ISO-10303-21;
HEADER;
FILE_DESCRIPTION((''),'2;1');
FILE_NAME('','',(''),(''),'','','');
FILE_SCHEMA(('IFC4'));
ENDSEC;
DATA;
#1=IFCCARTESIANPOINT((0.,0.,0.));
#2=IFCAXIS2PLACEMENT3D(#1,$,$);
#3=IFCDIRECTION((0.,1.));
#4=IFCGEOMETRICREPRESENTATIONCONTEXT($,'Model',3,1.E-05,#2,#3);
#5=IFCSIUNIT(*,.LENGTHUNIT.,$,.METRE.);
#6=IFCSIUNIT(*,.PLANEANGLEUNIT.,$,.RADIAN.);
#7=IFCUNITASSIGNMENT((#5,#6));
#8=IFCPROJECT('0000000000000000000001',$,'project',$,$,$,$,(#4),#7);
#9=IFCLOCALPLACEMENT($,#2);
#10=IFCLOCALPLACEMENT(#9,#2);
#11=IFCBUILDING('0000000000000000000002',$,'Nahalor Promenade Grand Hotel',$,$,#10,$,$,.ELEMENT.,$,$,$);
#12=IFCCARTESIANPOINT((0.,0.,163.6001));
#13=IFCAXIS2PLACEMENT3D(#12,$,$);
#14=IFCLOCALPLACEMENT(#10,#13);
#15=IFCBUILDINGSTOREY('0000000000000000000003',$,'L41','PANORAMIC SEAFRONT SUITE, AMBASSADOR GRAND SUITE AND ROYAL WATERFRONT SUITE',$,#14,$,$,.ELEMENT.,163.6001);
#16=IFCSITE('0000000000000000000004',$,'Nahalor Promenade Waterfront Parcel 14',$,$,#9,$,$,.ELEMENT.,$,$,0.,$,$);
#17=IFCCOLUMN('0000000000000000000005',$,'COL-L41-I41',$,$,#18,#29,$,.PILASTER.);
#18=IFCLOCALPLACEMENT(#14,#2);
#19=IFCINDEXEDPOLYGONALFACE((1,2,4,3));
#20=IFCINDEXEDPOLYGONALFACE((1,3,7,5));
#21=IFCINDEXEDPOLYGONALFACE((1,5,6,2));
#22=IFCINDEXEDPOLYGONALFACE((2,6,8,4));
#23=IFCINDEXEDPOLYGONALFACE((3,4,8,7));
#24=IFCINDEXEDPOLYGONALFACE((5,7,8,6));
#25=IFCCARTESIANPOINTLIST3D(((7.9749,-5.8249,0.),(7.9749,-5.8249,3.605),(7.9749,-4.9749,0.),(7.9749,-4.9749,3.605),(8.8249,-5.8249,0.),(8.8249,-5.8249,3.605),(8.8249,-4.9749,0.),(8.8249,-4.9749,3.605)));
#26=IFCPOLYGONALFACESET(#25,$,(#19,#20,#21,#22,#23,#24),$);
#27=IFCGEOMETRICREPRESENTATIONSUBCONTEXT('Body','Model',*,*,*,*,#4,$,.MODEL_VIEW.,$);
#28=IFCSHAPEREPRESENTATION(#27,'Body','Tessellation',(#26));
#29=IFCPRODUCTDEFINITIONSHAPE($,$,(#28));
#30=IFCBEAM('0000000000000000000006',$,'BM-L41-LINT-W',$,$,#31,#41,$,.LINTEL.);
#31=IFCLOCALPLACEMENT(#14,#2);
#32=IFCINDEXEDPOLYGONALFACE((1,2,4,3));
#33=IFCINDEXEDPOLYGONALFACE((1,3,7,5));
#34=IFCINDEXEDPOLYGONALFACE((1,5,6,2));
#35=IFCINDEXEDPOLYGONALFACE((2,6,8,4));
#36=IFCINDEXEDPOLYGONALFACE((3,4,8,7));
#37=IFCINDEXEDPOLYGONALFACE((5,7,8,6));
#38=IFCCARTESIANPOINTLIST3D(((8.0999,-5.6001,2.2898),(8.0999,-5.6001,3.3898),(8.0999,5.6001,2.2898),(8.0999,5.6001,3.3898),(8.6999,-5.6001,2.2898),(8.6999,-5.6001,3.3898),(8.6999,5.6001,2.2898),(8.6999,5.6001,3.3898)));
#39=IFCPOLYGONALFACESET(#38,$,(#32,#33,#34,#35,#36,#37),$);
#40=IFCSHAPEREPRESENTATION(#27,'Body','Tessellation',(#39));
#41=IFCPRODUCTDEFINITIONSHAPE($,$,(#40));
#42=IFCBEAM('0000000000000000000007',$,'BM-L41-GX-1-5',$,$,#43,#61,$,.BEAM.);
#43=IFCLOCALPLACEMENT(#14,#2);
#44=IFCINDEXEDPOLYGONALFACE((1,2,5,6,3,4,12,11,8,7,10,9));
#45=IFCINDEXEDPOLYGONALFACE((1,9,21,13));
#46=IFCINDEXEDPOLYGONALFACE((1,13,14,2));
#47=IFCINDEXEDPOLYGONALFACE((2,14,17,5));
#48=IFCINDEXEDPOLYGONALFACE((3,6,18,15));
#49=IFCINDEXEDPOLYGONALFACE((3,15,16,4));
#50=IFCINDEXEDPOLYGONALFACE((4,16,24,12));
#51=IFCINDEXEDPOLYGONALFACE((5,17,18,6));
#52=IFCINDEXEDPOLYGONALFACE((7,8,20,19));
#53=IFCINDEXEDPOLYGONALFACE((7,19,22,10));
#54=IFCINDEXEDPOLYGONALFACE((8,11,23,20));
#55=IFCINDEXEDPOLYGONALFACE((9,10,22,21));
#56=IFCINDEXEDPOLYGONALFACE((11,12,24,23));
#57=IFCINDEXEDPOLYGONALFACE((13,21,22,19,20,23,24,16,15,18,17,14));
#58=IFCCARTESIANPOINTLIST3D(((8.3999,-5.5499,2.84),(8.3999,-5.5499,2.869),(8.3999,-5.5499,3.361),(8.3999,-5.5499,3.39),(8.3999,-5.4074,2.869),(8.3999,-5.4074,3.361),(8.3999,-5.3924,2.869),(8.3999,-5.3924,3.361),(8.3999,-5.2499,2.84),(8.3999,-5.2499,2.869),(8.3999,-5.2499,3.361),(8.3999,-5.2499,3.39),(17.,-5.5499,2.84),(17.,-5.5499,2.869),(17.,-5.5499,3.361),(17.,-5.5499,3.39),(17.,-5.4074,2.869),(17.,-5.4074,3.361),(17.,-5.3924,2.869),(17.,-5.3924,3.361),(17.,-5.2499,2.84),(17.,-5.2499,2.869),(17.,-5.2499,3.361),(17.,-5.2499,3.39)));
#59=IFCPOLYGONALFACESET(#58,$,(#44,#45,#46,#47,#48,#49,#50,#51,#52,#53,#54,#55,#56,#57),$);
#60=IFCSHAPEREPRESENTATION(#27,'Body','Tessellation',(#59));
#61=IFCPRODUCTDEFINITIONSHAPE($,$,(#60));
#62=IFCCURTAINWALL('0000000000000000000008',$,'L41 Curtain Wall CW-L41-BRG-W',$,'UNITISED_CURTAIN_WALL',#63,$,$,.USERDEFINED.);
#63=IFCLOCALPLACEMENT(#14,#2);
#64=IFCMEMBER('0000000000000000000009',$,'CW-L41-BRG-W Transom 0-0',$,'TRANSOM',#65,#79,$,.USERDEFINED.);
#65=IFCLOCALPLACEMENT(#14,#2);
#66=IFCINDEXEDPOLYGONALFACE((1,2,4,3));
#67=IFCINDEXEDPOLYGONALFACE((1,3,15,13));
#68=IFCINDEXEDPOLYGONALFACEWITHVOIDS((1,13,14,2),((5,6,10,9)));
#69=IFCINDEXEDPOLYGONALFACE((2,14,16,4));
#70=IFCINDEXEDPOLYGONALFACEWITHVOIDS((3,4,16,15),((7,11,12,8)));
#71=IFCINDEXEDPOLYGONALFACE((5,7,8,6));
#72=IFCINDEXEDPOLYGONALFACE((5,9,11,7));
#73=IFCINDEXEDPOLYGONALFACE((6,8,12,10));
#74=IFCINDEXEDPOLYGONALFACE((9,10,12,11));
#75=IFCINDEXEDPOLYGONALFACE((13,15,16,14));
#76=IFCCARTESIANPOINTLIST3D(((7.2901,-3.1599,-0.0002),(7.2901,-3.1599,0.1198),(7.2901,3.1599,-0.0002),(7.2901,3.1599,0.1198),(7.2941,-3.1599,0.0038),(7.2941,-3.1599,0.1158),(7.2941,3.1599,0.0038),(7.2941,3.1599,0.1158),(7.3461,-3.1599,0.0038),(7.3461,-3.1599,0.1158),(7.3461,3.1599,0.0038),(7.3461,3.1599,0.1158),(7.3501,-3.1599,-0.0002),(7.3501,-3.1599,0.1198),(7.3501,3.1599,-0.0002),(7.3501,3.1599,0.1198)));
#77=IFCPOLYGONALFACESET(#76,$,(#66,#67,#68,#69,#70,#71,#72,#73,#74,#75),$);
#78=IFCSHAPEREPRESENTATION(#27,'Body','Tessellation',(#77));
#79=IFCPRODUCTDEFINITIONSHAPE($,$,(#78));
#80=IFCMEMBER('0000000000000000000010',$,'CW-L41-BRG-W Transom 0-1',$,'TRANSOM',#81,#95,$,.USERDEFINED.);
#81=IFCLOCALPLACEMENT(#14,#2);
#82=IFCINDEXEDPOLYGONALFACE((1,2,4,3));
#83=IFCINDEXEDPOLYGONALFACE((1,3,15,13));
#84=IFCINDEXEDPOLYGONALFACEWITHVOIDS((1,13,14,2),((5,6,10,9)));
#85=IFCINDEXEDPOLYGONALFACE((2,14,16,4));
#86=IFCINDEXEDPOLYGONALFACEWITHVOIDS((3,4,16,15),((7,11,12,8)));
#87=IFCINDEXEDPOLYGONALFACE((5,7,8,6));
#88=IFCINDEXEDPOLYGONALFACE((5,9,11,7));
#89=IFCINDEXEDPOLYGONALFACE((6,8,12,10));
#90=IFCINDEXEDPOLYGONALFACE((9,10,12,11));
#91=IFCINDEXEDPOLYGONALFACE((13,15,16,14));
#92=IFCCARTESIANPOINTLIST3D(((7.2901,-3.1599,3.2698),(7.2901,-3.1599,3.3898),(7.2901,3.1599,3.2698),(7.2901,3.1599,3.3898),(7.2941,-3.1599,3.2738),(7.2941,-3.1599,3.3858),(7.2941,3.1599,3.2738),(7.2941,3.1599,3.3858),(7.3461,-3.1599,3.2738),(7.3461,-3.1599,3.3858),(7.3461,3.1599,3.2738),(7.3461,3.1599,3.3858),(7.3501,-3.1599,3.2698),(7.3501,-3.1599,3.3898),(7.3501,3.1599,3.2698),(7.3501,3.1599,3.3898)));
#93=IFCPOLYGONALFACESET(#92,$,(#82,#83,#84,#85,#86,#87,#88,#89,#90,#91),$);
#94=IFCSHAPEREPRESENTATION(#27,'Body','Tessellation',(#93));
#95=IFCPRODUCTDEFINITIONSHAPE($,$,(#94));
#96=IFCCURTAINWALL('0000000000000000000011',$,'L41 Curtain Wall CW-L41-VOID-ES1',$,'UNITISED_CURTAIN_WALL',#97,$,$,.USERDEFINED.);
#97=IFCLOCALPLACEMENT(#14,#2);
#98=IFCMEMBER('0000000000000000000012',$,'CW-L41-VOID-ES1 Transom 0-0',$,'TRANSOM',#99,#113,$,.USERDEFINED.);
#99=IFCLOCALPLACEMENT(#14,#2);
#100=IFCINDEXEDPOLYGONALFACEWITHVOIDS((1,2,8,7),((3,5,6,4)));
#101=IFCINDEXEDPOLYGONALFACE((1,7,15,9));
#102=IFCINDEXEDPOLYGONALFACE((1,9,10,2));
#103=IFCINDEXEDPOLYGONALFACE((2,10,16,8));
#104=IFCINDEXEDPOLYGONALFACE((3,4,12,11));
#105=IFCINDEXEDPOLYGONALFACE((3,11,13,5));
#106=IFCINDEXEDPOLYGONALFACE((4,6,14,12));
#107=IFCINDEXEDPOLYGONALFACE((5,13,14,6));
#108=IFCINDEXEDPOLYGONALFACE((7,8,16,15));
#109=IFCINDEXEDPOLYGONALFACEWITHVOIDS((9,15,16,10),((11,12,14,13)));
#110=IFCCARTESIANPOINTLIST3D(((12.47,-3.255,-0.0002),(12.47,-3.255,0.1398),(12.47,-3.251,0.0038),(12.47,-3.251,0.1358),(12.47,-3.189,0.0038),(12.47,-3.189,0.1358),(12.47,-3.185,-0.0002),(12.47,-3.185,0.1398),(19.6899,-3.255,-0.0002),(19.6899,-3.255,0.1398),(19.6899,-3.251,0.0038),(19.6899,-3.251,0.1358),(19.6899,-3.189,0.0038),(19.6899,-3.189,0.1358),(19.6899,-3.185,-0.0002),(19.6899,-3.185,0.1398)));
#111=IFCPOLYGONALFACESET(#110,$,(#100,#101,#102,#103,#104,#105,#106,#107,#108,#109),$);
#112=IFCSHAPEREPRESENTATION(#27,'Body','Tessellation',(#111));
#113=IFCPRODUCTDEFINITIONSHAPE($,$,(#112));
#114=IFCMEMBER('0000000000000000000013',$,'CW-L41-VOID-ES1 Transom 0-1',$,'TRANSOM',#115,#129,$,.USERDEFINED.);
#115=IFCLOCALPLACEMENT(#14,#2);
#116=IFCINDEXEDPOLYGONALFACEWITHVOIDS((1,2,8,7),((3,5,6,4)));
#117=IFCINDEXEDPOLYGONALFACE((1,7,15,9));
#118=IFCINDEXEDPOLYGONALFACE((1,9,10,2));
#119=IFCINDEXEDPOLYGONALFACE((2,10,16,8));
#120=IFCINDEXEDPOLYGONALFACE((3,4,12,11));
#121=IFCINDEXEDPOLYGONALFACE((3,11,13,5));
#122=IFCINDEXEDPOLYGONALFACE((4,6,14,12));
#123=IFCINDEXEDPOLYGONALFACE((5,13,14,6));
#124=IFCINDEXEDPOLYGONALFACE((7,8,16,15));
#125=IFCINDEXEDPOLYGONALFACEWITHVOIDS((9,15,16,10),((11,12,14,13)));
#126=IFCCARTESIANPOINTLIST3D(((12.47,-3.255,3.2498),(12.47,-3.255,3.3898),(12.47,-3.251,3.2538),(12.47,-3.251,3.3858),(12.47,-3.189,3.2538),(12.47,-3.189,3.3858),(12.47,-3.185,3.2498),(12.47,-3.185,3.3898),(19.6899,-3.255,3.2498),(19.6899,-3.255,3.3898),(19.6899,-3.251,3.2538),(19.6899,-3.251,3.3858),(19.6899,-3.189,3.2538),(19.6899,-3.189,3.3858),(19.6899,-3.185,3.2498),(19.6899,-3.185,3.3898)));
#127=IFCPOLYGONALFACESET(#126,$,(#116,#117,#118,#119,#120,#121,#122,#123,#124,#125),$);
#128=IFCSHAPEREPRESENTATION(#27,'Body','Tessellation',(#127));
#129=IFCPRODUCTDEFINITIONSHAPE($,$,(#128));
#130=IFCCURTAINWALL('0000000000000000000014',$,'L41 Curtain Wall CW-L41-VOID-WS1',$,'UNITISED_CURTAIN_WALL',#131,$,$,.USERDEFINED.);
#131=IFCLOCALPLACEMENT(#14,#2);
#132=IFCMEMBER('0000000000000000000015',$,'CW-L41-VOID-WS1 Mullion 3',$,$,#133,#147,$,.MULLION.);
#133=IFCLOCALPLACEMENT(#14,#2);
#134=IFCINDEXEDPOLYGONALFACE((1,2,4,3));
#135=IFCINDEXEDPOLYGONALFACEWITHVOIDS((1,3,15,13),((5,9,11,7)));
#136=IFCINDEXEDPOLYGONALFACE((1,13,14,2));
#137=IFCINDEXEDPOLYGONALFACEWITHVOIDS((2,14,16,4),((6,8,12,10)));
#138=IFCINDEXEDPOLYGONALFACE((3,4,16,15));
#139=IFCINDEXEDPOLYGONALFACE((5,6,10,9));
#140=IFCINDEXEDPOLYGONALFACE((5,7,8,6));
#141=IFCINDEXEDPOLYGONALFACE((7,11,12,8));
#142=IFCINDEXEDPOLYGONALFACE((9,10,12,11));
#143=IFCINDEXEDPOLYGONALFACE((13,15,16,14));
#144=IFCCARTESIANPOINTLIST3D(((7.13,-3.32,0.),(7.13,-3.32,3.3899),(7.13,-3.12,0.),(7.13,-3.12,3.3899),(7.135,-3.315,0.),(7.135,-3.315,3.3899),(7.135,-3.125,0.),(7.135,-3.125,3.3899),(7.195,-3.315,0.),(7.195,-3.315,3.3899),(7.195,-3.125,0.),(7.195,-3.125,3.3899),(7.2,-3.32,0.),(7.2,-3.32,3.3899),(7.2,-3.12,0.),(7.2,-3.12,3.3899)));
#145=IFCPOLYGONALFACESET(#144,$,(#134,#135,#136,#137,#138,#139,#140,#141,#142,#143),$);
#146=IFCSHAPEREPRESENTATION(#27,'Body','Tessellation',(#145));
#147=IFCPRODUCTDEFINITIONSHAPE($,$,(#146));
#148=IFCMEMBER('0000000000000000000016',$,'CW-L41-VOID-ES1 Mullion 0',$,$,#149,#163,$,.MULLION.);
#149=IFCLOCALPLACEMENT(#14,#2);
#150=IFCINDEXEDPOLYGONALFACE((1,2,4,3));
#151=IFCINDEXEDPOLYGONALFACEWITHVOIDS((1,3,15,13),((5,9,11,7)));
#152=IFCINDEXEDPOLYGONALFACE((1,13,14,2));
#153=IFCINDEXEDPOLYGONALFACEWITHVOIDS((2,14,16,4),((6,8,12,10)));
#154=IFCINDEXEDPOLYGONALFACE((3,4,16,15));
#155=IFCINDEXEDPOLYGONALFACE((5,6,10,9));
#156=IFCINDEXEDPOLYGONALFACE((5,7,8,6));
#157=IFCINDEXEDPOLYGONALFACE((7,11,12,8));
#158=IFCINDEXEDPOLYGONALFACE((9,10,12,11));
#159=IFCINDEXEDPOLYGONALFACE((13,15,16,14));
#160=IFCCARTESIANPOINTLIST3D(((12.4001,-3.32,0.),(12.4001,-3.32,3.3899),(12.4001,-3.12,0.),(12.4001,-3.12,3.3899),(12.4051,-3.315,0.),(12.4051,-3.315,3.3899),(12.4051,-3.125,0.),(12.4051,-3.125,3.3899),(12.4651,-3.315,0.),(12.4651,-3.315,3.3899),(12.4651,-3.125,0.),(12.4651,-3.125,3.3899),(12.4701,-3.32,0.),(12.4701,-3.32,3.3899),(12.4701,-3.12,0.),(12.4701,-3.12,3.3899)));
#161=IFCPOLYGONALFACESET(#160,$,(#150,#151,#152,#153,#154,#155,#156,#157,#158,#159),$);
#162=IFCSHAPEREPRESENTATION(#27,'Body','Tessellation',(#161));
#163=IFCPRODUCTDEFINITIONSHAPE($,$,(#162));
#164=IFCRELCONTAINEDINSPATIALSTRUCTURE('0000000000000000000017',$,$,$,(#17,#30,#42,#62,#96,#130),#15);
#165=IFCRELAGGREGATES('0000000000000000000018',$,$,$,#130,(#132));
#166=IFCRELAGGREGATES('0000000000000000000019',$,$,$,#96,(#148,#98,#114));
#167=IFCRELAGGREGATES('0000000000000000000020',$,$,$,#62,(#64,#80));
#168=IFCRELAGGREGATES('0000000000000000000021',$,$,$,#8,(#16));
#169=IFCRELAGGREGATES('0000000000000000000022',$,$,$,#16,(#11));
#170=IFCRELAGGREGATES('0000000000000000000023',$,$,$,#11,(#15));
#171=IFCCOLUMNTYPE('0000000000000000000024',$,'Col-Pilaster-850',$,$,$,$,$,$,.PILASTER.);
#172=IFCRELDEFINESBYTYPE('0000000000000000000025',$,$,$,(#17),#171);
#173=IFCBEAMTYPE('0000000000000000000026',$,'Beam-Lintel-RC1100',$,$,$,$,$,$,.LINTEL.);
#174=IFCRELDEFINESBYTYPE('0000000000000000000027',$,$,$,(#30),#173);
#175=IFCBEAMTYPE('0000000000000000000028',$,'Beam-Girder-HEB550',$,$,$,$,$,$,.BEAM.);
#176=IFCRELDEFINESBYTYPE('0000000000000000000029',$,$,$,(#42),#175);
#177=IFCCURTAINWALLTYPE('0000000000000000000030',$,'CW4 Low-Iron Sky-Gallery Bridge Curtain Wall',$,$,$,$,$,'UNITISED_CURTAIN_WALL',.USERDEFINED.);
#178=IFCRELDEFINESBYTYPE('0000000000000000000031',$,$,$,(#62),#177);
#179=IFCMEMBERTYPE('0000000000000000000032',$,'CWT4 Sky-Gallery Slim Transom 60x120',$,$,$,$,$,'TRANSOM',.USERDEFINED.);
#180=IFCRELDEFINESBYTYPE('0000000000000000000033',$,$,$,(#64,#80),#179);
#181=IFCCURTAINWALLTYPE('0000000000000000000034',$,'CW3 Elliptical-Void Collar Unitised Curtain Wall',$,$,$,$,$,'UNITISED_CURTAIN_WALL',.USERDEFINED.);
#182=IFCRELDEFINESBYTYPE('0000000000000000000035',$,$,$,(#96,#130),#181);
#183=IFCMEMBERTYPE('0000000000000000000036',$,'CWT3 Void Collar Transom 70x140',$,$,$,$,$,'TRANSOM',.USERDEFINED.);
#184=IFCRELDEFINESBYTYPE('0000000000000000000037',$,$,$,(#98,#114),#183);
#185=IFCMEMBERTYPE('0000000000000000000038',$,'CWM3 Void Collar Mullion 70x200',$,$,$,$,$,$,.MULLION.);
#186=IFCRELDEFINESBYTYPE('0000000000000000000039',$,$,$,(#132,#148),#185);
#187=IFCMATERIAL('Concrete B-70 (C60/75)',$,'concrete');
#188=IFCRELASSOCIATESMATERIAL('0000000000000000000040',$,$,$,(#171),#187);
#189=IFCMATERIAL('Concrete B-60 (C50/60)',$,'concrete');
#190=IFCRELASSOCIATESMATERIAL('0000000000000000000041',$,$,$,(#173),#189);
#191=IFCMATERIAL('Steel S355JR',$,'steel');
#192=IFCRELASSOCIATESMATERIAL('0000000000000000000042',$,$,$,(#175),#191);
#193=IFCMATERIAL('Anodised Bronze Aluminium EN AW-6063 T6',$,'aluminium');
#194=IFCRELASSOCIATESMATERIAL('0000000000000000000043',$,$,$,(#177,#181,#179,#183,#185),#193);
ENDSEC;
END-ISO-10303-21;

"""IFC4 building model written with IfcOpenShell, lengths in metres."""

from ifc_helpers import new_model, si_unit, direction, frame, origin, origin_2d, place, context, subcontext, project, spatial, rectangle, hollow_rectangle, i_section, extrude, source, transform, mapped, material, material_profile, profile_set, type_object, element, aggregate, save


model = new_model("IFC4")

# Units and contexts
model_context = context("Model", 3, precision=1e-05, world=origin(), true_north=direction((0.0, 1.0)))
body_context = subcontext(model_context, "Body", "Model", "MODEL_VIEW")
ifc_project = project(units=[si_unit("LENGTHUNIT", "METRE"), si_unit("PLANEANGLEUNIT", "RADIAN")], contexts=[model_context])

# Site, building, storey
site_placement = place(None, origin())
site = spatial("IfcSite", under=ifc_project, at=site_placement, Name="Nahalor Promenade Waterfront Parcel 14", CompositionType="ELEMENT", RefElevation=0.0)
building_placement = place(site_placement, origin())
building = spatial("IfcBuilding", under=site, at=building_placement, Name="Nahalor Promenade Grand Hotel", CompositionType="ELEMENT")
storey_placement = place(building_placement, frame((0.0, 0.0, 163.6001)))
storey = spatial("IfcBuildingStorey", under=building, at=storey_placement, Name="L41", Description="PANORAMIC SEAFRONT SUITE, AMBASSADOR GRAND SUITE AND ROYAL WATERFRONT SUITE", CompositionType="ELEMENT", Elevation=163.6001)

# Column
ifc_material_1 = material(Name="Concrete B-70 (C60/75)", Category="concrete")
ifc_material_profile_1 = material_profile(ifc_material_1, rectangle(XDim=0.85, YDim=0.85, at=origin_2d()), Name="RC 850x850")
ifc_profile_set_1 = profile_set([ifc_material_profile_1], Name="Concrete B-70 (C60/75)")
column_type = type_object("IfcColumnType", Name="Col-Pilaster-850", PredefinedType="PILASTER", material=ifc_profile_set_1)
shared_shape_1 = source(origin(), body_context, "Body", "SweptSolid", [
    extrude(rectangle(XDim=0.85, YDim=0.85, at=origin_2d()), origin(), (0.0, 0.0, 1.0), 3.605),
])
column_placement = place(storey_placement, frame((8.3999, -5.3999, 0.0), z_axis=(0.0, 0.0, 1.0), x_axis=(1.0, 0.0, 0.0)))
element("IfcColumn", 1, at=column_placement, inside=storey, type_object=column_type, Name="COL-L41-I41", PredefinedType="PILASTER", context=body_context, shape_type="MappedRepresentation", body=[
    mapped(shared_shape_1, transform((0.0, 0.0, 0.0), scale=1.0)),
])

# Beams
ifc_material_2 = material(Name="Concrete B-60 (C50/60)", Category="concrete")
ifc_material_profile_2 = material_profile(ifc_material_2, rectangle(XDim=0.6, YDim=1.1, at=origin_2d()), Name="RC 600x1100")
ifc_profile_set_2 = profile_set([ifc_material_profile_2], Name="Concrete B-60 (C50/60)")
beam_type_1 = type_object("IfcBeamType", Name="Beam-Lintel-RC1100", PredefinedType="LINTEL", material=ifc_profile_set_2)
shared_shape_2 = source(origin(), body_context, "Body", "SweptSolid", [
    extrude(rectangle(XDim=0.6, YDim=1.1, at=origin_2d()), origin(), (0.0, 0.0, 1.0), 11.2002),
])
beam_1_placement = place(storey_placement, frame((8.3999, -5.6001, 2.8398), z_axis=(0.0, 1.0, 0.0), x_axis=(-1.0, 0.0, 0.0)))
element("IfcBeam", 2, at=beam_1_placement, inside=storey, type_object=beam_type_1, Name="BM-L41-LINT-W", PredefinedType="LINTEL", context=body_context, shape_type="MappedRepresentation", body=[
    mapped(shared_shape_2, transform((0.0, 0.0, 0.0), scale=1.0)),
])
ifc_material_3 = material(Name="Steel S355JR", Category="steel")
ifc_material_profile_3 = material_profile(ifc_material_3, i_section(OverallWidth=0.3, OverallDepth=0.55, WebThickness=0.015, FlangeThickness=0.029, at=origin_2d()), Name="HEB 550")
ifc_profile_set_3 = profile_set([ifc_material_profile_3], Name="Steel S355JR")
beam_type_2 = type_object("IfcBeamType", Name="Beam-Girder-HEB550", PredefinedType="BEAM", material=ifc_profile_set_3)
shared_shape_3 = source(origin(), body_context, "Body", "SweptSolid", [
    extrude(i_section(OverallWidth=0.3, OverallDepth=0.55, WebThickness=0.015, FlangeThickness=0.029, at=origin_2d()), origin(), (0.0, 0.0, 1.0), 8.6001),
])
beam_2_placement = place(storey_placement, frame((8.3999, -5.3999, 3.115), z_axis=(1.0, 0.0, 0.0), x_axis=(0.0, 1.0, 0.0)))
element("IfcBeam", 3, at=beam_2_placement, inside=storey, type_object=beam_type_2, Name="BM-L41-GX-1-5", PredefinedType="BEAM", context=body_context, shape_type="MappedRepresentation", body=[
    mapped(shared_shape_3, transform((0.0, 0.0, 0.0), scale=1.0)),
])

# Curtain walls, members
ifc_material_4 = material(Name="Anodised Bronze Aluminium EN AW-6063 T6", Category="aluminium")
curtain_wall_type_1 = type_object("IfcCurtainWallType", Name="CW4 Low-Iron Sky-Gallery Bridge Curtain Wall", ElementType="UNITISED_CURTAIN_WALL", PredefinedType="USERDEFINED", material=ifc_material_4)
curtain_wall_1_placement = place(storey_placement, origin())
curtain_wall_1 = element("IfcCurtainWall", 4, at=curtain_wall_1_placement, inside=storey, type_object=curtain_wall_type_1, Name="L41 Curtain Wall CW-L41-BRG-W", ObjectType="UNITISED_CURTAIN_WALL", PredefinedType="USERDEFINED")
ifc_material_profile_4 = material_profile(ifc_material_4, hollow_rectangle(XDim=0.06, YDim=0.12, WallThickness=0.004, at=origin_2d()), Name="CWT 60x120x4")
ifc_profile_set_4 = profile_set([ifc_material_profile_4], Name="Anodised Bronze Aluminium EN AW-6063 T6")
member_type_1 = type_object("IfcMemberType", Name="CWT4 Sky-Gallery Slim Transom 60x120", ElementType="TRANSOM", PredefinedType="USERDEFINED", material=ifc_profile_set_4)
shared_shape_4 = source(origin(), body_context, "Body", "SweptSolid", [
    extrude(hollow_rectangle(XDim=0.06, YDim=0.12, WallThickness=0.004, at=origin_2d()), origin(), (0.0, 0.0, 1.0), 6.3198),
])
member_1_placement = place(storey_placement, frame((7.3201, -3.1599, 0.0598), z_axis=(0.0, 1.0, 0.0), x_axis=(-1.0, 0.0, 0.0)))
member_1 = element("IfcMember", 5, at=member_1_placement, type_object=member_type_1, Name="CW-L41-BRG-W Transom 0-0", ObjectType="TRANSOM", PredefinedType="USERDEFINED", context=body_context, shape_type="MappedRepresentation", body=[
    mapped(shared_shape_4, transform((0.0, 0.0, 0.0), scale=1.0)),
])
member_2_placement = place(storey_placement, frame((7.3201, -3.1599, 3.3298), z_axis=(0.0, 1.0, 0.0), x_axis=(-1.0, 0.0, 0.0)))
member_2 = element("IfcMember", 6, at=member_2_placement, type_object=member_type_1, Name="CW-L41-BRG-W Transom 0-1", ObjectType="TRANSOM", PredefinedType="USERDEFINED", context=body_context, shape_type="MappedRepresentation", body=[
    mapped(shared_shape_4, transform((0.0, 0.0, 0.0), scale=1.0)),
])
curtain_wall_type_2 = type_object("IfcCurtainWallType", Name="CW3 Elliptical-Void Collar Unitised Curtain Wall", ElementType="UNITISED_CURTAIN_WALL", PredefinedType="USERDEFINED", material=ifc_material_4)
curtain_wall_2_placement = place(storey_placement, origin())
curtain_wall_2 = element("IfcCurtainWall", 7, at=curtain_wall_2_placement, inside=storey, type_object=curtain_wall_type_2, Name="L41 Curtain Wall CW-L41-VOID-ES1", ObjectType="UNITISED_CURTAIN_WALL", PredefinedType="USERDEFINED")
ifc_material_profile_5 = material_profile(ifc_material_4, hollow_rectangle(XDim=0.07, YDim=0.14, WallThickness=0.004, at=origin_2d()), Name="CWT 70x140x4")
ifc_profile_set_5 = profile_set([ifc_material_profile_5], Name="Anodised Bronze Aluminium EN AW-6063 T6")
member_type_2 = type_object("IfcMemberType", Name="CWT3 Void Collar Transom 70x140", ElementType="TRANSOM", PredefinedType="USERDEFINED", material=ifc_profile_set_5)
shared_shape_5 = source(origin(), body_context, "Body", "SweptSolid", [
    extrude(hollow_rectangle(XDim=0.07, YDim=0.14, WallThickness=0.004, at=origin_2d()), origin(), (0.0, 0.0, 1.0), 7.22),
])
member_3_placement = place(storey_placement, frame((12.47, -3.22, 0.0698), z_axis=(1.0, 0.0, 0.0), x_axis=(0.0, 1.0, 0.0)))
member_3 = element("IfcMember", 8, at=member_3_placement, type_object=member_type_2, Name="CW-L41-VOID-ES1 Transom 0-0", ObjectType="TRANSOM", PredefinedType="USERDEFINED", context=body_context, shape_type="MappedRepresentation", body=[
    mapped(shared_shape_5, transform((0.0, 0.0, 0.0), scale=1.0)),
])
member_4_placement = place(storey_placement, frame((12.47, -3.22, 3.3198), z_axis=(1.0, 0.0, 0.0), x_axis=(0.0, 1.0, 0.0)))
member_4 = element("IfcMember", 9, at=member_4_placement, type_object=member_type_2, Name="CW-L41-VOID-ES1 Transom 0-1", ObjectType="TRANSOM", PredefinedType="USERDEFINED", context=body_context, shape_type="MappedRepresentation", body=[
    mapped(shared_shape_5, transform((0.0, 0.0, 0.0), scale=1.0)),
])

# Curtain wall, member
curtain_wall_3_placement = place(storey_placement, origin())
curtain_wall_3 = element("IfcCurtainWall", 10, at=curtain_wall_3_placement, inside=storey, type_object=curtain_wall_type_2, Name="L41 Curtain Wall CW-L41-VOID-WS1", ObjectType="UNITISED_CURTAIN_WALL", PredefinedType="USERDEFINED")
ifc_material_profile_6 = material_profile(ifc_material_4, hollow_rectangle(XDim=0.07, YDim=0.2, WallThickness=0.005, at=origin_2d()), Name="CWM 70x200x5")
ifc_profile_set_6 = profile_set([ifc_material_profile_6], Name="Anodised Bronze Aluminium EN AW-6063 T6")
member_type_3 = type_object("IfcMemberType", Name="CWM3 Void Collar Mullion 70x200", PredefinedType="MULLION", material=ifc_profile_set_6)
shared_shape_6 = source(origin(), body_context, "Body", "SweptSolid", [
    extrude(hollow_rectangle(XDim=0.07, YDim=0.2, WallThickness=0.005, at=origin_2d()), origin(), (0.0, 0.0, 1.0), 3.3899),
])
member_5_placement = place(storey_placement, frame((7.165, -3.22, 0.0), z_axis=(0.0, 0.0, 1.0), x_axis=(1.0, 0.0, 0.0)))
member_5 = element("IfcMember", 11, at=member_5_placement, type_object=member_type_3, Name="CW-L41-VOID-WS1 Mullion 3", PredefinedType="MULLION", context=body_context, shape_type="MappedRepresentation", body=[
    mapped(shared_shape_6, transform((0.0, 0.0, 0.0), scale=1.0)),
])
aggregate(curtain_wall_3, [member_5])

# Member
member_6_placement = place(storey_placement, frame((12.4351, -3.22, 0.0), z_axis=(0.0, 0.0, 1.0), x_axis=(1.0, 0.0, 0.0)))
member_6 = element("IfcMember", 12, at=member_6_placement, type_object=member_type_3, Name="CW-L41-VOID-ES1 Mullion 0", PredefinedType="MULLION", context=body_context, shape_type="MappedRepresentation", body=[
    mapped(shared_shape_6, transform((0.0, 0.0, 0.0), scale=1.0)),
])
aggregate(curtain_wall_2, [member_6, member_3, member_4])
aggregate(curtain_wall_1, [member_1, member_2])

save(model, "model.ifc")
